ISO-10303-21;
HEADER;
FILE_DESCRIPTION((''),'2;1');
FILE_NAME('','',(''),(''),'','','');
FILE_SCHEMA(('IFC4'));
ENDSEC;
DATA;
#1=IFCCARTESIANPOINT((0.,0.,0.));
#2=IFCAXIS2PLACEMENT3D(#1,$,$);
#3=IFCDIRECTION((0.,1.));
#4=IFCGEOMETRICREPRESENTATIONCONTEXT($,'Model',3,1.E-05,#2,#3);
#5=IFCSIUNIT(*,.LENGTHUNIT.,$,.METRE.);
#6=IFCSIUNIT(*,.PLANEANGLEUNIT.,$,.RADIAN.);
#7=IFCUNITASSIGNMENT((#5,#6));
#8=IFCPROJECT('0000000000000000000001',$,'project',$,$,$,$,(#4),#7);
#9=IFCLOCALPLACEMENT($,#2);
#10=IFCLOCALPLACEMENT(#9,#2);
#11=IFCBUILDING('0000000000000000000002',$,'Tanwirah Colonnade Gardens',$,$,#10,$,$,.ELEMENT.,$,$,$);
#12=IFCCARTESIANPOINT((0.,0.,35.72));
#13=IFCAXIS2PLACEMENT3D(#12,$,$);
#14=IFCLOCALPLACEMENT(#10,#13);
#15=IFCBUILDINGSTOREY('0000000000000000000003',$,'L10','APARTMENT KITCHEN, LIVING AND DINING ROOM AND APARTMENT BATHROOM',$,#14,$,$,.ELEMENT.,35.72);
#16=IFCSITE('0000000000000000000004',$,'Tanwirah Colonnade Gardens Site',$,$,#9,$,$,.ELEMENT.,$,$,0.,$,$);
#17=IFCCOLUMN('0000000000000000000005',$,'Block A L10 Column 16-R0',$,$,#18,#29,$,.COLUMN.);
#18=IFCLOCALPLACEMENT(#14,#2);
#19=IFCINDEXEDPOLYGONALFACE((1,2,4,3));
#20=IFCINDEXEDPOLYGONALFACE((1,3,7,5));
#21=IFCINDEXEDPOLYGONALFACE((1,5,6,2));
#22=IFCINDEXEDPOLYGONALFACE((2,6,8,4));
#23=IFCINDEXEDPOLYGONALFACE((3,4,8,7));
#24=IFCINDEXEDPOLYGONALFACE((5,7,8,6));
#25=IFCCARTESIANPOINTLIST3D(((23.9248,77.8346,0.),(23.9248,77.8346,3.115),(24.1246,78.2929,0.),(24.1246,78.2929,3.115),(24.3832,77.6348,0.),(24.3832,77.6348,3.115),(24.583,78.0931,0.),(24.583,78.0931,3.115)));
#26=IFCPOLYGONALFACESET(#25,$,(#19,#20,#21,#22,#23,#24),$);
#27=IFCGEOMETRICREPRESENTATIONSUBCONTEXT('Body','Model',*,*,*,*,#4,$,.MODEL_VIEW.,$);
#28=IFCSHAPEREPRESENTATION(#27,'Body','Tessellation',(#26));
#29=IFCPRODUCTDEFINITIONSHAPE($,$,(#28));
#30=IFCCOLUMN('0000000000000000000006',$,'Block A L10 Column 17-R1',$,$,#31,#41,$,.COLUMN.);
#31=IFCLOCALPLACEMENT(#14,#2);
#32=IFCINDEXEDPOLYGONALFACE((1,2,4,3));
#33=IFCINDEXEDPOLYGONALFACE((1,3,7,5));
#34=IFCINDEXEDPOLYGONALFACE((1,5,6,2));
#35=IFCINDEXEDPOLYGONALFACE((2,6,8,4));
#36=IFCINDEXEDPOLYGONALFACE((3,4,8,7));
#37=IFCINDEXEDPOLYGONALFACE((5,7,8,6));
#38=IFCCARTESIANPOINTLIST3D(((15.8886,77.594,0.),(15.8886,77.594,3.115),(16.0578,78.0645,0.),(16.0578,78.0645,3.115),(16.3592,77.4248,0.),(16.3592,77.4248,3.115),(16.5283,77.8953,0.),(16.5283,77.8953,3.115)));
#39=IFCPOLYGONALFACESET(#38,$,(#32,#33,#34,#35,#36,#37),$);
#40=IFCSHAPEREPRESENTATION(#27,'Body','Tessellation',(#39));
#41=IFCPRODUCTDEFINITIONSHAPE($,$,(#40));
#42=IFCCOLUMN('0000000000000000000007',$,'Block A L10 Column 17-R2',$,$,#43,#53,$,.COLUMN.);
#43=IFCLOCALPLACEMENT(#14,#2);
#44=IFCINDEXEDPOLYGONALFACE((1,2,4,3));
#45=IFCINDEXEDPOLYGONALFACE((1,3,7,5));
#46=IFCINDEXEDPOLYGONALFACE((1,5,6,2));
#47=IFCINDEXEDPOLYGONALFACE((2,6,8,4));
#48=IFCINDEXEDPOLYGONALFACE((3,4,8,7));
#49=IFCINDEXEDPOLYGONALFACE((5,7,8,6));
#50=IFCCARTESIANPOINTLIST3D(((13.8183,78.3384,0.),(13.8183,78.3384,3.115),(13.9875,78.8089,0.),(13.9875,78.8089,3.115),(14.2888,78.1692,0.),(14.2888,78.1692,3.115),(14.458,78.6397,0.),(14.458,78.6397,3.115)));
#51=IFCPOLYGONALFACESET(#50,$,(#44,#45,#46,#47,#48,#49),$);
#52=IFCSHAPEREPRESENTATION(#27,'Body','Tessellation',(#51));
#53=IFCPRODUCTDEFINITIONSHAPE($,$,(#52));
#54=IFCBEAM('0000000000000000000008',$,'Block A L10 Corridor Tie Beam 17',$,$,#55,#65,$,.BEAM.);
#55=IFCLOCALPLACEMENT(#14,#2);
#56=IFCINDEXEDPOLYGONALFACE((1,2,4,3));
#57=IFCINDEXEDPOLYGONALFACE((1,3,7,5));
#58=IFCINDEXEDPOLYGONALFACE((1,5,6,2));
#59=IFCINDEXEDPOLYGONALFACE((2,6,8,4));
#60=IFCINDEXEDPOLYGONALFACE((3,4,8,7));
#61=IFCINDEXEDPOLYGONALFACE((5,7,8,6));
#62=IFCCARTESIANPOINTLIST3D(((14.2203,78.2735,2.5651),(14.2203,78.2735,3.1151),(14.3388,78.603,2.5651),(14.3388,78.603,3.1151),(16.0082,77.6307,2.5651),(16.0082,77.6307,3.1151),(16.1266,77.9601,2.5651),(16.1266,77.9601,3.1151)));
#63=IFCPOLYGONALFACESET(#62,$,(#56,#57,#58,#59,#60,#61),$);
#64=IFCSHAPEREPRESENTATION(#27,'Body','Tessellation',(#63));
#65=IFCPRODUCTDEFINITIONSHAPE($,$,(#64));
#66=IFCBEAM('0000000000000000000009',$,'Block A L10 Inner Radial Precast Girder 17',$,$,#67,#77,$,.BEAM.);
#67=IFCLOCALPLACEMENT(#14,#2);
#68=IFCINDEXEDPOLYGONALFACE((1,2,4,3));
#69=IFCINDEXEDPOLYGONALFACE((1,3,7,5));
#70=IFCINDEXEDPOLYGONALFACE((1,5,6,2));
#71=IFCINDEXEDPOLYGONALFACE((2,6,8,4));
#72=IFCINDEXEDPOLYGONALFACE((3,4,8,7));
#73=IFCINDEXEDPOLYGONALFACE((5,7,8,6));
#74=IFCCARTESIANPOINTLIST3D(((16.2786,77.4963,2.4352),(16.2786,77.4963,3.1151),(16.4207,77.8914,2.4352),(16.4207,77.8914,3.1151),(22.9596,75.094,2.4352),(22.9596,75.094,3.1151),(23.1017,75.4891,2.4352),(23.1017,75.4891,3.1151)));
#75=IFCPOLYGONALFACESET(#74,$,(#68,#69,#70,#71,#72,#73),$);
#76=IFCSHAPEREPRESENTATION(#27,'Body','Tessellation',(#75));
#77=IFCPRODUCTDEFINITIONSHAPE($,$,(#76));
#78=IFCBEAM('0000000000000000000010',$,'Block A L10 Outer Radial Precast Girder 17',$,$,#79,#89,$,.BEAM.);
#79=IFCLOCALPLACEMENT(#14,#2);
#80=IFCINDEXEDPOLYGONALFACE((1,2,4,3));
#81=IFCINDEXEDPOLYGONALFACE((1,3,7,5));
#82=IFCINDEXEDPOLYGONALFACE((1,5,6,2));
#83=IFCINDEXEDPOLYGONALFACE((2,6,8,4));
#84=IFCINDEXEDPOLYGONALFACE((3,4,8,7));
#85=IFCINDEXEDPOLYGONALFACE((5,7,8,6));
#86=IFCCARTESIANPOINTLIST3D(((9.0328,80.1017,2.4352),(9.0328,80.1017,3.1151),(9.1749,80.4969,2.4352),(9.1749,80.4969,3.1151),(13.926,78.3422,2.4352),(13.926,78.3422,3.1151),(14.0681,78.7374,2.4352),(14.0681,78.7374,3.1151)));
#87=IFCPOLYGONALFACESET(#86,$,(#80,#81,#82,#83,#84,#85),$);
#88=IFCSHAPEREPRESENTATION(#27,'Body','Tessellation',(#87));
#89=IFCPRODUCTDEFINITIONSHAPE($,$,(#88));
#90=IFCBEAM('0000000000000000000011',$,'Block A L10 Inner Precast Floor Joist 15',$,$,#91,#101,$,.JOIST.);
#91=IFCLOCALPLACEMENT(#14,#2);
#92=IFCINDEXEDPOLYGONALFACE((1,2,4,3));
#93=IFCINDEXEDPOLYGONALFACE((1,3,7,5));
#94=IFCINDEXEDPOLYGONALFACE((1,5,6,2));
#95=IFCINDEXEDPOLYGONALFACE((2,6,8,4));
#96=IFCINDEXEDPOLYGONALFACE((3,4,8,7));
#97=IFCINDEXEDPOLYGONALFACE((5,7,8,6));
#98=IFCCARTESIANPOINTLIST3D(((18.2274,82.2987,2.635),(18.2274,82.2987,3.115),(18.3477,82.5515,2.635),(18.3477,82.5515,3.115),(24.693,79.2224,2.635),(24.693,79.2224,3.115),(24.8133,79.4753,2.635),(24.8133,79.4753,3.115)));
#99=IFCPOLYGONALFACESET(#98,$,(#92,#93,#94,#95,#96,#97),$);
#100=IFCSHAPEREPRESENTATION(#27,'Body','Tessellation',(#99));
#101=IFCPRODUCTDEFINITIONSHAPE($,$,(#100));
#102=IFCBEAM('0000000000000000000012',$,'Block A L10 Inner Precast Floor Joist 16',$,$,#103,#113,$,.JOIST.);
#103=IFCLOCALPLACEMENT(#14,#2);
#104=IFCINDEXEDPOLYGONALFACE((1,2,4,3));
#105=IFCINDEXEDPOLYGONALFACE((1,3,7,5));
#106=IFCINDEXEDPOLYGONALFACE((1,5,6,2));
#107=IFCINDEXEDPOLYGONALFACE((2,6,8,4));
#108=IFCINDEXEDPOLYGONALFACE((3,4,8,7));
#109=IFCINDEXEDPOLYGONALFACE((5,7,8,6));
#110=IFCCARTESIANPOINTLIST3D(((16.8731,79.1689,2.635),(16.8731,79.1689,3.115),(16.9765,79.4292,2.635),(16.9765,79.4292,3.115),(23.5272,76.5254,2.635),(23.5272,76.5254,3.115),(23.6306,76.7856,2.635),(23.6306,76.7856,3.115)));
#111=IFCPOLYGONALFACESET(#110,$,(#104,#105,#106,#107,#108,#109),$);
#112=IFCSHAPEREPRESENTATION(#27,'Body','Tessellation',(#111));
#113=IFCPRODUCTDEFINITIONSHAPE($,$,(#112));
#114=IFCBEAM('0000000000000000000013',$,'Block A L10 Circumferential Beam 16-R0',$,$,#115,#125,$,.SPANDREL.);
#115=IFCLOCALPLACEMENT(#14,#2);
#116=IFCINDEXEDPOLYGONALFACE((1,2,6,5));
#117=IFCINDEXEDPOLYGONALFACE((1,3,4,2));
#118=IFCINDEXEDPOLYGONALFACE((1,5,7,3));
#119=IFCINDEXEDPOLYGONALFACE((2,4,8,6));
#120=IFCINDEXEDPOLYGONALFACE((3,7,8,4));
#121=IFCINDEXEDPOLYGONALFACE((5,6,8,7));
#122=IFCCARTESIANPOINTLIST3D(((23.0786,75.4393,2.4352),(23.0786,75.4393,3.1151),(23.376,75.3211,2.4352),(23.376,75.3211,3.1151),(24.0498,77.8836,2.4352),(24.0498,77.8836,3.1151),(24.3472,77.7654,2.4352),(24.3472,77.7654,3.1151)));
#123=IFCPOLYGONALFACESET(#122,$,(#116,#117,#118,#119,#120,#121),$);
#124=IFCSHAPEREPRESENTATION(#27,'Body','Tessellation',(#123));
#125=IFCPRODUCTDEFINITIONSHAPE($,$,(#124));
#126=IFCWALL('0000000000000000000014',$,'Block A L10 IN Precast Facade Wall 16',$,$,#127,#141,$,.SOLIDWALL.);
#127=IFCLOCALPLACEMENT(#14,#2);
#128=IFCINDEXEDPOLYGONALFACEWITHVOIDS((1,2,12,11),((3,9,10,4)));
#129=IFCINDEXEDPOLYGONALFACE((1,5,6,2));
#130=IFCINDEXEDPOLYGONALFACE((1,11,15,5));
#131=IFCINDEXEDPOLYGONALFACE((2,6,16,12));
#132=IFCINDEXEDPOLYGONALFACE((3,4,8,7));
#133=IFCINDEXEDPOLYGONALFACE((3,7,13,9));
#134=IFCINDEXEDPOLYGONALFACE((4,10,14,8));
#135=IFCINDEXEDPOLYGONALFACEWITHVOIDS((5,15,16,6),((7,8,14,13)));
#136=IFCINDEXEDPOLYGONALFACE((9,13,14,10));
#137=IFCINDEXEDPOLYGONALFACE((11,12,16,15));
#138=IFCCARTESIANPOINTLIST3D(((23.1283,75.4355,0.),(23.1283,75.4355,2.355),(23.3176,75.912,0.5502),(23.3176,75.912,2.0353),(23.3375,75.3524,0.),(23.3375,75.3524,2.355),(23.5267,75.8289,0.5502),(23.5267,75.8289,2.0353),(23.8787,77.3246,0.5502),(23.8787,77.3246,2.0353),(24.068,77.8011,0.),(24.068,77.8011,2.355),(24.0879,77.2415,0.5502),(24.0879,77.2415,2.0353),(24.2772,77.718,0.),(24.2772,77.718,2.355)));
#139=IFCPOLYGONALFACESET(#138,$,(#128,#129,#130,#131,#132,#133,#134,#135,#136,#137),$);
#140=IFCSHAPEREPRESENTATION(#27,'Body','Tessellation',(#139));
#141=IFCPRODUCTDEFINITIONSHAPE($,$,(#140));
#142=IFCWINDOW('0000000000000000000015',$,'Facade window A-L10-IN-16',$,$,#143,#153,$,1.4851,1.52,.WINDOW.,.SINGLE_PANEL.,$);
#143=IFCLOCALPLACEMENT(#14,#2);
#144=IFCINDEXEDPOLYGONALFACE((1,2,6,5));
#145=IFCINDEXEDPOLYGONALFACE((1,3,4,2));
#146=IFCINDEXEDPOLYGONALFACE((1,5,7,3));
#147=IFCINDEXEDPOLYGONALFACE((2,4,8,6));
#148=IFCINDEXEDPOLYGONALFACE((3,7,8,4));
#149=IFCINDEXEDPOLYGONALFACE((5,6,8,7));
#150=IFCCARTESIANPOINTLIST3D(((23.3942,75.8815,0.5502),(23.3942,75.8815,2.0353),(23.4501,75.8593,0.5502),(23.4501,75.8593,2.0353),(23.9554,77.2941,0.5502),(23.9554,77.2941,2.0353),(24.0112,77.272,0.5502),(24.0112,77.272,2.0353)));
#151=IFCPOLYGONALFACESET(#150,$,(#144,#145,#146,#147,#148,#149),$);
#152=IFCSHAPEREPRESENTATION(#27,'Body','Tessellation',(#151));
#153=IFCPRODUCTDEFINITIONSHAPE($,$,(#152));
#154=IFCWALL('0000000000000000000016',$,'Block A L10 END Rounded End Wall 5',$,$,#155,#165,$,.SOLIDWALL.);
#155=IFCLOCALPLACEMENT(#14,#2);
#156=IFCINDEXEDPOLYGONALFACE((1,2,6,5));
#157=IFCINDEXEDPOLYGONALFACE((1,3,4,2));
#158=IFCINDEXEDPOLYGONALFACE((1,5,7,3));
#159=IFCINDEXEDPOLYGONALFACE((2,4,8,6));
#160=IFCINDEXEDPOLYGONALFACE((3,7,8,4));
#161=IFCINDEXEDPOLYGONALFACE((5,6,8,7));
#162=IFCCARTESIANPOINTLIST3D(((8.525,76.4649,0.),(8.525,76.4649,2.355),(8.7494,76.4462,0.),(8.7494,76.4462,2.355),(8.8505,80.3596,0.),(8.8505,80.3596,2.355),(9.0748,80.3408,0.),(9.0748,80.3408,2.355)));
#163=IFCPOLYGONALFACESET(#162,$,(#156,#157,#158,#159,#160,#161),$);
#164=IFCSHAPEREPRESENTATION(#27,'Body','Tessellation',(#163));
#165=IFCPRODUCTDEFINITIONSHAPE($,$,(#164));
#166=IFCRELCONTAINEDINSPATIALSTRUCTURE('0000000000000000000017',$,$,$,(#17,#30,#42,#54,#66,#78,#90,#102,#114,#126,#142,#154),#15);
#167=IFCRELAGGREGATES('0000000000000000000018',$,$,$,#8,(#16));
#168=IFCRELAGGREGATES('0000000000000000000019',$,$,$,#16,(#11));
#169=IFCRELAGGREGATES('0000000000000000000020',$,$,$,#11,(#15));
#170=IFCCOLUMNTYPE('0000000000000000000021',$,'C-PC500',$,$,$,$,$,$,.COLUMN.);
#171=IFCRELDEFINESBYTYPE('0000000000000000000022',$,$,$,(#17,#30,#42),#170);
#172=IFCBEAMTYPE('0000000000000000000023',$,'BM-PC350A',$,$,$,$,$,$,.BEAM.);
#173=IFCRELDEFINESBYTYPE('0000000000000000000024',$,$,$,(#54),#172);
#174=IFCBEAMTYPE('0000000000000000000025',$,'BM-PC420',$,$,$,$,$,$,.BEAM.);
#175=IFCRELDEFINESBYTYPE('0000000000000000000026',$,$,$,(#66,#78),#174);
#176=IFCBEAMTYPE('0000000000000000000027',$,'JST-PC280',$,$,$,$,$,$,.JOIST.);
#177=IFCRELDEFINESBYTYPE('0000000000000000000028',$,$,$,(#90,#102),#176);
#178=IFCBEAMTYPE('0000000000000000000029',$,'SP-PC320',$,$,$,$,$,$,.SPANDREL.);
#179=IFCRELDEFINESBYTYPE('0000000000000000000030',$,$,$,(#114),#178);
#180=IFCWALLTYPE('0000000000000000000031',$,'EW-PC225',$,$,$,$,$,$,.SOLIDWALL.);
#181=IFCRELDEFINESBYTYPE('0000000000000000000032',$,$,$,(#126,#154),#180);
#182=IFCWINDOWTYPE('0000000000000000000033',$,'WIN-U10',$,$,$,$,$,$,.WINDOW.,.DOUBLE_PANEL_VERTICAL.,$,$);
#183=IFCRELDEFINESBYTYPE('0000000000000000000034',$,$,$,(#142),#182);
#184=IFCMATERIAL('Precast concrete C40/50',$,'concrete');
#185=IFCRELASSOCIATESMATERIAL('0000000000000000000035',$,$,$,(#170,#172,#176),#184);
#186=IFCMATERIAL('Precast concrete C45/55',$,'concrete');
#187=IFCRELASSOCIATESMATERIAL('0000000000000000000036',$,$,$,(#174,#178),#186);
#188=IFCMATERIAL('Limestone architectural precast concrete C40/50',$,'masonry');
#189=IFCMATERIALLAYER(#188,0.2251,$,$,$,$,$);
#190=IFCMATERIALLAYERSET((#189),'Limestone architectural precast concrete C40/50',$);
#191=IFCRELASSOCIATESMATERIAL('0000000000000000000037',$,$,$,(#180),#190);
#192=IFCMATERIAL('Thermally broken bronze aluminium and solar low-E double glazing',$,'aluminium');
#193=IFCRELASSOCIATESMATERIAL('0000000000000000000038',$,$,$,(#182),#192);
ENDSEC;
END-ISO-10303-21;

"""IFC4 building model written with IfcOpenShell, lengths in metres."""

from ifc_helpers import new_model, si_unit, direction, frame, frame_2d, origin, origin_2d, place, context, subcontext, project, spatial, rectangle, extrude, material, layer, layer_set, material_profile, profile_set, type_object, element, fill, save


model = new_model("IFC4")

# Units and contexts
model_context = context("Model", 3, precision=1e-05, world=origin(), true_north=direction((0.0, 1.0)))
body_context = subcontext(model_context, "Body", "Model", "MODEL_VIEW")
ifc_project = project(units=[si_unit("LENGTHUNIT", "METRE"), si_unit("PLANEANGLEUNIT", "RADIAN")], contexts=[model_context])

# Site, building, storey
site_placement = place(None, origin())
site = spatial("IfcSite", under=ifc_project, at=site_placement, Name="Tanwirah Colonnade Gardens Site", CompositionType="ELEMENT", RefElevation=0.0)
building_placement = place(site_placement, origin())
building = spatial("IfcBuilding", under=site, at=building_placement, Name="Tanwirah Colonnade Gardens", CompositionType="ELEMENT")
storey_placement = place(building_placement, frame((0.0, 0.0, 35.72)))
storey = spatial("IfcBuildingStorey", under=building, at=storey_placement, Name="L10", Description="APARTMENT KITCHEN, LIVING AND DINING ROOM AND APARTMENT BATHROOM", CompositionType="ELEMENT", Elevation=35.72)

# Columns
ifc_material_1 = material(Name="Precast concrete C40/50", Category="concrete")
ifc_material_profile_1 = material_profile(ifc_material_1, rectangle(XDim=0.5, YDim=0.5, at=origin_2d()), Name="PC-COL 500x500")
ifc_profile_set_1 = profile_set([ifc_material_profile_1], Name="Precast concrete C40/50")
column_type = type_object("IfcColumnType", Name="C-PC500", PredefinedType="COLUMN", material=ifc_profile_set_1)
for number, where, z_axis, x_axis, name in (
    (1, (24.2539, 77.9639, 0.0), (0.0, 0.0, 1.0), (-0.916673, 0.399638, 0.0), "Block A L10 Column 16-R0"),
    (2, (16.2085, 77.7446, 0.0), (0.0, 0.0, 1.0), (-0.941012, 0.338373, 0.0), "Block A L10 Column 17-R1"),
    (3, (14.1382, 78.489, 0.0), (0.0, 0.0, 1.0), (-0.941012, 0.338373, 0.0), "Block A L10 Column 17-R2"),
):
    element("IfcColumn", number, at=place(storey_placement, frame(where, z_axis=z_axis, x_axis=x_axis)), inside=storey, type_object=column_type, Name=name, PredefinedType="COLUMN", context=body_context, shape_type="SweptSolid", body=[
        extrude(rectangle(XDim=0.5, YDim=0.5, at=origin_2d()), origin(), (0.0, 0.0, 1.0), 3.115),
    ])

# Beams
ifc_material_profile_2 = material_profile(ifc_material_1, rectangle(XDim=0.3501, YDim=0.55, at=origin_2d()), Name="PC-BM 350x550")
ifc_profile_set_2 = profile_set([ifc_material_profile_2], Name="Precast concrete C40/50")
beam_type_1 = type_object("IfcBeamType", Name="BM-PC350A", PredefinedType="BEAM", material=ifc_profile_set_2)
beam_1_placement = place(storey_placement, frame((16.0674, 77.7954, 2.8401), z_axis=(-0.941022, 0.338346, 0.0), x_axis=(-0.338346, -0.941022, 0.0)))
element("IfcBeam", 4, at=beam_1_placement, inside=storey, type_object=beam_type_1, Name="Block A L10 Corridor Tie Beam 17", PredefinedType="BEAM", context=body_context, shape_type="SweptSolid", body=[
    extrude(rectangle(XDim=0.3501, YDim=0.55, at=origin_2d()), origin(), (0.0, 0.0, 1.0), 1.8999),
])
ifc_material_2 = material(Name="Precast concrete C45/55", Category="concrete")
ifc_material_profile_3 = material_profile(ifc_material_2, rectangle(XDim=0.4199, YDim=0.6799, at=origin_2d()), Name="PC-BM 420x680")
ifc_profile_set_3 = profile_set([ifc_material_profile_3], Name="Precast concrete C45/55")
beam_type_2 = type_object("IfcBeamType", Name="BM-PC420", PredefinedType="BEAM", material=ifc_profile_set_3)
beam_2_placement = place(storey_placement, frame((16.3496, 77.6938, 2.7751), z_axis=(0.941016, -0.338361, 0.0), x_axis=(0.338361, 0.941016, 0.0)))
element("IfcBeam", 5, at=beam_2_placement, inside=storey, type_object=beam_type_2, Name="Block A L10 Inner Radial Precast Girder 17", PredefinedType="BEAM", context=body_context, shape_type="SweptSolid", body=[
    extrude(rectangle(XDim=0.4199, YDim=0.6799, at=origin_2d()), origin(), (0.0, 0.0, 1.0), 7.0999),
])
beam_3_placement = place(storey_placement, frame((13.9971, 78.5398, 2.7751), z_axis=(-0.941014, 0.338367, 0.0), x_axis=(-0.338367, -0.941014, 0.0)))
element("IfcBeam", 6, at=beam_3_placement, inside=storey, type_object=beam_type_2, Name="Block A L10 Outer Radial Precast Girder 17", PredefinedType="BEAM", context=body_context, shape_type="SweptSolid", body=[
    extrude(rectangle(XDim=0.4199, YDim=0.6799, at=origin_2d()), origin(), (0.0, 0.0, 1.0), 5.2),
])
ifc_material_profile_4 = material_profile(ifc_material_1, rectangle(XDim=0.28, YDim=0.48, at=origin_2d()), Name="PC-JST 280x480")
ifc_profile_set_4 = profile_set([ifc_material_profile_4], Name="Precast concrete C40/50")
beam_type_3 = type_object("IfcBeamType", Name="JST-PC280", PredefinedType="JOIST", material=ifc_profile_set_4)
beam_4_placement = place(storey_placement, frame((24.7532, 79.3489, 2.875), z_axis=(-0.903005, 0.429629, 0.0), x_axis=(-0.429629, -0.903005, 0.0)))
element("IfcBeam", 7, at=beam_4_placement, inside=storey, type_object=beam_type_3, Name="Block A L10 Inner Precast Floor Joist 15", PredefinedType="JOIST", context=body_context, shape_type="SweptSolid", body=[
    extrude(rectangle(XDim=0.28, YDim=0.48, at=origin_2d()), origin(), (0.0, 0.0, 1.0), 7.1602),
])
beam_5_placement = place(storey_placement, frame((23.5789, 76.6555, 2.875), z_axis=(-0.929344, 0.369214, 0.0), x_axis=(-0.369214, -0.929344, 0.0)))
element("IfcBeam", 8, at=beam_5_placement, inside=storey, type_object=beam_type_3, Name="Block A L10 Inner Precast Floor Joist 16", PredefinedType="JOIST", context=body_context, shape_type="SweptSolid", body=[
    extrude(rectangle(XDim=0.28, YDim=0.48, at=origin_2d()), origin(), (0.0, 0.0, 1.0), 7.1599),
])
ifc_material_profile_5 = material_profile(ifc_material_2, rectangle(XDim=0.3201, YDim=0.6799, at=origin_2d()), Name="PC-SP 320x680")
ifc_profile_set_5 = profile_set([ifc_material_profile_5], Name="Precast concrete C45/55")
beam_type_4 = type_object("IfcBeamType", Name="SP-PC320", PredefinedType="SPANDREL", material=ifc_profile_set_5)
beam_6_placement = place(storey_placement, frame((24.1985, 77.8245, 2.7751), z_axis=(-0.369245, -0.929332, 0.0), x_axis=(0.929332, -0.369245, 0.0)))
element("IfcBeam", 9, at=beam_6_placement, inside=storey, type_object=beam_type_4, Name="Block A L10 Circumferential Beam 16-R0", PredefinedType="SPANDREL", context=body_context, shape_type="SweptSolid", body=[
    extrude(rectangle(XDim=0.3201, YDim=0.6799, at=origin_2d()), origin(), (0.0, 0.0, 1.0), 2.6301),
])

# Wall, opening, window
ifc_material_3 = material(Name="Limestone architectural precast concrete C40/50", Category="masonry")
ifc_layer_1 = layer(ifc_material_3, 0.2251)
ifc_layer_set_1 = layer_set([ifc_layer_1], Name="Limestone architectural precast concrete C40/50")
wall_type_1 = type_object("IfcWallType", Name="EW-PC225", PredefinedType="SOLIDWALL", material=ifc_layer_set_1)
wall_1_placement = place(storey_placement, frame((24.1726, 77.7595, 0.0), z_axis=(0.0, 0.0, 1.0), x_axis=(-0.36919, -0.929354, 0.0)))
wall_1 = element("IfcWall", 10, at=wall_1_placement, inside=storey, type_object=wall_type_1, Name="Block A L10 IN Precast Facade Wall 16", PredefinedType="SOLIDWALL", context=body_context, shape_type="SweptSolid", body=[
    extrude(rectangle(XDim=2.5454, YDim=0.2251, at=frame_2d((1.2727, 0.0))), origin(), (0.0, 0.0, 1.0), 2.355),
])
opening_1_placement = place(wall_1_placement, frame((0.5127, 0.0, 0.55)))
opening_1 = element("IfcOpeningElement", 11, at=opening_1_placement, cuts=wall_1, PredefinedType="OPENING", context=body_context, shape_type="SweptSolid", body=[
    extrude(rectangle(XDim=1.52, YDim=1.4851, at=frame_2d((0.76, 0.7427))), frame((0.0, 0.1226, 0.0), z_axis=(0.0, -1.0, 0.0), x_axis=(1.0, 0.0, 0.0)), (0.0, 0.0, 1.0), 0.2451),
])
ifc_material_4 = material(Name="Thermally broken bronze aluminium and solar low-E double glazing", Category="aluminium")
window_type = type_object("IfcWindowType", Name="WIN-U10", PartitioningType="DOUBLE_PANEL_VERTICAL", PredefinedType="WINDOW", material=ifc_material_4)
window_placement = place(opening_1_placement, origin())
window = element("IfcWindow", 12, at=window_placement, inside=storey, type_object=window_type, Name="Facade window A-L10-IN-16", OverallHeight=1.4851, OverallWidth=1.52, PartitioningType="SINGLE_PANEL", PredefinedType="WINDOW", context=body_context, shape_type="SweptSolid", body=[
    extrude(rectangle(XDim=1.52, YDim=1.4851, at=frame_2d((0.76, 0.7427))), frame((0.0, 0.03, 0.0), z_axis=(0.0, -1.0, 0.0), x_axis=(1.0, 0.0, 0.0)), (0.0, 0.0, 1.0), 0.0601),
])
fill(opening_1, window)

# Wall
wall_2_placement = place(storey_placement, frame((8.6372, 76.4556, 0.0), z_axis=(0.0, 0.0, 1.0), x_axis=(0.083273, 0.996527, 0.0)))
element("IfcWall", 13, at=wall_2_placement, inside=storey, type_object=wall_type_1, Name="Block A L10 END Rounded End Wall 5", PredefinedType="SOLIDWALL", context=body_context, shape_type="SweptSolid", body=[
    extrude(rectangle(XDim=3.9082, YDim=0.2251, at=frame_2d((1.9541, 0.0))), origin(), (0.0, 0.0, 1.0), 2.355),
])

save(model, "model.ifc")
